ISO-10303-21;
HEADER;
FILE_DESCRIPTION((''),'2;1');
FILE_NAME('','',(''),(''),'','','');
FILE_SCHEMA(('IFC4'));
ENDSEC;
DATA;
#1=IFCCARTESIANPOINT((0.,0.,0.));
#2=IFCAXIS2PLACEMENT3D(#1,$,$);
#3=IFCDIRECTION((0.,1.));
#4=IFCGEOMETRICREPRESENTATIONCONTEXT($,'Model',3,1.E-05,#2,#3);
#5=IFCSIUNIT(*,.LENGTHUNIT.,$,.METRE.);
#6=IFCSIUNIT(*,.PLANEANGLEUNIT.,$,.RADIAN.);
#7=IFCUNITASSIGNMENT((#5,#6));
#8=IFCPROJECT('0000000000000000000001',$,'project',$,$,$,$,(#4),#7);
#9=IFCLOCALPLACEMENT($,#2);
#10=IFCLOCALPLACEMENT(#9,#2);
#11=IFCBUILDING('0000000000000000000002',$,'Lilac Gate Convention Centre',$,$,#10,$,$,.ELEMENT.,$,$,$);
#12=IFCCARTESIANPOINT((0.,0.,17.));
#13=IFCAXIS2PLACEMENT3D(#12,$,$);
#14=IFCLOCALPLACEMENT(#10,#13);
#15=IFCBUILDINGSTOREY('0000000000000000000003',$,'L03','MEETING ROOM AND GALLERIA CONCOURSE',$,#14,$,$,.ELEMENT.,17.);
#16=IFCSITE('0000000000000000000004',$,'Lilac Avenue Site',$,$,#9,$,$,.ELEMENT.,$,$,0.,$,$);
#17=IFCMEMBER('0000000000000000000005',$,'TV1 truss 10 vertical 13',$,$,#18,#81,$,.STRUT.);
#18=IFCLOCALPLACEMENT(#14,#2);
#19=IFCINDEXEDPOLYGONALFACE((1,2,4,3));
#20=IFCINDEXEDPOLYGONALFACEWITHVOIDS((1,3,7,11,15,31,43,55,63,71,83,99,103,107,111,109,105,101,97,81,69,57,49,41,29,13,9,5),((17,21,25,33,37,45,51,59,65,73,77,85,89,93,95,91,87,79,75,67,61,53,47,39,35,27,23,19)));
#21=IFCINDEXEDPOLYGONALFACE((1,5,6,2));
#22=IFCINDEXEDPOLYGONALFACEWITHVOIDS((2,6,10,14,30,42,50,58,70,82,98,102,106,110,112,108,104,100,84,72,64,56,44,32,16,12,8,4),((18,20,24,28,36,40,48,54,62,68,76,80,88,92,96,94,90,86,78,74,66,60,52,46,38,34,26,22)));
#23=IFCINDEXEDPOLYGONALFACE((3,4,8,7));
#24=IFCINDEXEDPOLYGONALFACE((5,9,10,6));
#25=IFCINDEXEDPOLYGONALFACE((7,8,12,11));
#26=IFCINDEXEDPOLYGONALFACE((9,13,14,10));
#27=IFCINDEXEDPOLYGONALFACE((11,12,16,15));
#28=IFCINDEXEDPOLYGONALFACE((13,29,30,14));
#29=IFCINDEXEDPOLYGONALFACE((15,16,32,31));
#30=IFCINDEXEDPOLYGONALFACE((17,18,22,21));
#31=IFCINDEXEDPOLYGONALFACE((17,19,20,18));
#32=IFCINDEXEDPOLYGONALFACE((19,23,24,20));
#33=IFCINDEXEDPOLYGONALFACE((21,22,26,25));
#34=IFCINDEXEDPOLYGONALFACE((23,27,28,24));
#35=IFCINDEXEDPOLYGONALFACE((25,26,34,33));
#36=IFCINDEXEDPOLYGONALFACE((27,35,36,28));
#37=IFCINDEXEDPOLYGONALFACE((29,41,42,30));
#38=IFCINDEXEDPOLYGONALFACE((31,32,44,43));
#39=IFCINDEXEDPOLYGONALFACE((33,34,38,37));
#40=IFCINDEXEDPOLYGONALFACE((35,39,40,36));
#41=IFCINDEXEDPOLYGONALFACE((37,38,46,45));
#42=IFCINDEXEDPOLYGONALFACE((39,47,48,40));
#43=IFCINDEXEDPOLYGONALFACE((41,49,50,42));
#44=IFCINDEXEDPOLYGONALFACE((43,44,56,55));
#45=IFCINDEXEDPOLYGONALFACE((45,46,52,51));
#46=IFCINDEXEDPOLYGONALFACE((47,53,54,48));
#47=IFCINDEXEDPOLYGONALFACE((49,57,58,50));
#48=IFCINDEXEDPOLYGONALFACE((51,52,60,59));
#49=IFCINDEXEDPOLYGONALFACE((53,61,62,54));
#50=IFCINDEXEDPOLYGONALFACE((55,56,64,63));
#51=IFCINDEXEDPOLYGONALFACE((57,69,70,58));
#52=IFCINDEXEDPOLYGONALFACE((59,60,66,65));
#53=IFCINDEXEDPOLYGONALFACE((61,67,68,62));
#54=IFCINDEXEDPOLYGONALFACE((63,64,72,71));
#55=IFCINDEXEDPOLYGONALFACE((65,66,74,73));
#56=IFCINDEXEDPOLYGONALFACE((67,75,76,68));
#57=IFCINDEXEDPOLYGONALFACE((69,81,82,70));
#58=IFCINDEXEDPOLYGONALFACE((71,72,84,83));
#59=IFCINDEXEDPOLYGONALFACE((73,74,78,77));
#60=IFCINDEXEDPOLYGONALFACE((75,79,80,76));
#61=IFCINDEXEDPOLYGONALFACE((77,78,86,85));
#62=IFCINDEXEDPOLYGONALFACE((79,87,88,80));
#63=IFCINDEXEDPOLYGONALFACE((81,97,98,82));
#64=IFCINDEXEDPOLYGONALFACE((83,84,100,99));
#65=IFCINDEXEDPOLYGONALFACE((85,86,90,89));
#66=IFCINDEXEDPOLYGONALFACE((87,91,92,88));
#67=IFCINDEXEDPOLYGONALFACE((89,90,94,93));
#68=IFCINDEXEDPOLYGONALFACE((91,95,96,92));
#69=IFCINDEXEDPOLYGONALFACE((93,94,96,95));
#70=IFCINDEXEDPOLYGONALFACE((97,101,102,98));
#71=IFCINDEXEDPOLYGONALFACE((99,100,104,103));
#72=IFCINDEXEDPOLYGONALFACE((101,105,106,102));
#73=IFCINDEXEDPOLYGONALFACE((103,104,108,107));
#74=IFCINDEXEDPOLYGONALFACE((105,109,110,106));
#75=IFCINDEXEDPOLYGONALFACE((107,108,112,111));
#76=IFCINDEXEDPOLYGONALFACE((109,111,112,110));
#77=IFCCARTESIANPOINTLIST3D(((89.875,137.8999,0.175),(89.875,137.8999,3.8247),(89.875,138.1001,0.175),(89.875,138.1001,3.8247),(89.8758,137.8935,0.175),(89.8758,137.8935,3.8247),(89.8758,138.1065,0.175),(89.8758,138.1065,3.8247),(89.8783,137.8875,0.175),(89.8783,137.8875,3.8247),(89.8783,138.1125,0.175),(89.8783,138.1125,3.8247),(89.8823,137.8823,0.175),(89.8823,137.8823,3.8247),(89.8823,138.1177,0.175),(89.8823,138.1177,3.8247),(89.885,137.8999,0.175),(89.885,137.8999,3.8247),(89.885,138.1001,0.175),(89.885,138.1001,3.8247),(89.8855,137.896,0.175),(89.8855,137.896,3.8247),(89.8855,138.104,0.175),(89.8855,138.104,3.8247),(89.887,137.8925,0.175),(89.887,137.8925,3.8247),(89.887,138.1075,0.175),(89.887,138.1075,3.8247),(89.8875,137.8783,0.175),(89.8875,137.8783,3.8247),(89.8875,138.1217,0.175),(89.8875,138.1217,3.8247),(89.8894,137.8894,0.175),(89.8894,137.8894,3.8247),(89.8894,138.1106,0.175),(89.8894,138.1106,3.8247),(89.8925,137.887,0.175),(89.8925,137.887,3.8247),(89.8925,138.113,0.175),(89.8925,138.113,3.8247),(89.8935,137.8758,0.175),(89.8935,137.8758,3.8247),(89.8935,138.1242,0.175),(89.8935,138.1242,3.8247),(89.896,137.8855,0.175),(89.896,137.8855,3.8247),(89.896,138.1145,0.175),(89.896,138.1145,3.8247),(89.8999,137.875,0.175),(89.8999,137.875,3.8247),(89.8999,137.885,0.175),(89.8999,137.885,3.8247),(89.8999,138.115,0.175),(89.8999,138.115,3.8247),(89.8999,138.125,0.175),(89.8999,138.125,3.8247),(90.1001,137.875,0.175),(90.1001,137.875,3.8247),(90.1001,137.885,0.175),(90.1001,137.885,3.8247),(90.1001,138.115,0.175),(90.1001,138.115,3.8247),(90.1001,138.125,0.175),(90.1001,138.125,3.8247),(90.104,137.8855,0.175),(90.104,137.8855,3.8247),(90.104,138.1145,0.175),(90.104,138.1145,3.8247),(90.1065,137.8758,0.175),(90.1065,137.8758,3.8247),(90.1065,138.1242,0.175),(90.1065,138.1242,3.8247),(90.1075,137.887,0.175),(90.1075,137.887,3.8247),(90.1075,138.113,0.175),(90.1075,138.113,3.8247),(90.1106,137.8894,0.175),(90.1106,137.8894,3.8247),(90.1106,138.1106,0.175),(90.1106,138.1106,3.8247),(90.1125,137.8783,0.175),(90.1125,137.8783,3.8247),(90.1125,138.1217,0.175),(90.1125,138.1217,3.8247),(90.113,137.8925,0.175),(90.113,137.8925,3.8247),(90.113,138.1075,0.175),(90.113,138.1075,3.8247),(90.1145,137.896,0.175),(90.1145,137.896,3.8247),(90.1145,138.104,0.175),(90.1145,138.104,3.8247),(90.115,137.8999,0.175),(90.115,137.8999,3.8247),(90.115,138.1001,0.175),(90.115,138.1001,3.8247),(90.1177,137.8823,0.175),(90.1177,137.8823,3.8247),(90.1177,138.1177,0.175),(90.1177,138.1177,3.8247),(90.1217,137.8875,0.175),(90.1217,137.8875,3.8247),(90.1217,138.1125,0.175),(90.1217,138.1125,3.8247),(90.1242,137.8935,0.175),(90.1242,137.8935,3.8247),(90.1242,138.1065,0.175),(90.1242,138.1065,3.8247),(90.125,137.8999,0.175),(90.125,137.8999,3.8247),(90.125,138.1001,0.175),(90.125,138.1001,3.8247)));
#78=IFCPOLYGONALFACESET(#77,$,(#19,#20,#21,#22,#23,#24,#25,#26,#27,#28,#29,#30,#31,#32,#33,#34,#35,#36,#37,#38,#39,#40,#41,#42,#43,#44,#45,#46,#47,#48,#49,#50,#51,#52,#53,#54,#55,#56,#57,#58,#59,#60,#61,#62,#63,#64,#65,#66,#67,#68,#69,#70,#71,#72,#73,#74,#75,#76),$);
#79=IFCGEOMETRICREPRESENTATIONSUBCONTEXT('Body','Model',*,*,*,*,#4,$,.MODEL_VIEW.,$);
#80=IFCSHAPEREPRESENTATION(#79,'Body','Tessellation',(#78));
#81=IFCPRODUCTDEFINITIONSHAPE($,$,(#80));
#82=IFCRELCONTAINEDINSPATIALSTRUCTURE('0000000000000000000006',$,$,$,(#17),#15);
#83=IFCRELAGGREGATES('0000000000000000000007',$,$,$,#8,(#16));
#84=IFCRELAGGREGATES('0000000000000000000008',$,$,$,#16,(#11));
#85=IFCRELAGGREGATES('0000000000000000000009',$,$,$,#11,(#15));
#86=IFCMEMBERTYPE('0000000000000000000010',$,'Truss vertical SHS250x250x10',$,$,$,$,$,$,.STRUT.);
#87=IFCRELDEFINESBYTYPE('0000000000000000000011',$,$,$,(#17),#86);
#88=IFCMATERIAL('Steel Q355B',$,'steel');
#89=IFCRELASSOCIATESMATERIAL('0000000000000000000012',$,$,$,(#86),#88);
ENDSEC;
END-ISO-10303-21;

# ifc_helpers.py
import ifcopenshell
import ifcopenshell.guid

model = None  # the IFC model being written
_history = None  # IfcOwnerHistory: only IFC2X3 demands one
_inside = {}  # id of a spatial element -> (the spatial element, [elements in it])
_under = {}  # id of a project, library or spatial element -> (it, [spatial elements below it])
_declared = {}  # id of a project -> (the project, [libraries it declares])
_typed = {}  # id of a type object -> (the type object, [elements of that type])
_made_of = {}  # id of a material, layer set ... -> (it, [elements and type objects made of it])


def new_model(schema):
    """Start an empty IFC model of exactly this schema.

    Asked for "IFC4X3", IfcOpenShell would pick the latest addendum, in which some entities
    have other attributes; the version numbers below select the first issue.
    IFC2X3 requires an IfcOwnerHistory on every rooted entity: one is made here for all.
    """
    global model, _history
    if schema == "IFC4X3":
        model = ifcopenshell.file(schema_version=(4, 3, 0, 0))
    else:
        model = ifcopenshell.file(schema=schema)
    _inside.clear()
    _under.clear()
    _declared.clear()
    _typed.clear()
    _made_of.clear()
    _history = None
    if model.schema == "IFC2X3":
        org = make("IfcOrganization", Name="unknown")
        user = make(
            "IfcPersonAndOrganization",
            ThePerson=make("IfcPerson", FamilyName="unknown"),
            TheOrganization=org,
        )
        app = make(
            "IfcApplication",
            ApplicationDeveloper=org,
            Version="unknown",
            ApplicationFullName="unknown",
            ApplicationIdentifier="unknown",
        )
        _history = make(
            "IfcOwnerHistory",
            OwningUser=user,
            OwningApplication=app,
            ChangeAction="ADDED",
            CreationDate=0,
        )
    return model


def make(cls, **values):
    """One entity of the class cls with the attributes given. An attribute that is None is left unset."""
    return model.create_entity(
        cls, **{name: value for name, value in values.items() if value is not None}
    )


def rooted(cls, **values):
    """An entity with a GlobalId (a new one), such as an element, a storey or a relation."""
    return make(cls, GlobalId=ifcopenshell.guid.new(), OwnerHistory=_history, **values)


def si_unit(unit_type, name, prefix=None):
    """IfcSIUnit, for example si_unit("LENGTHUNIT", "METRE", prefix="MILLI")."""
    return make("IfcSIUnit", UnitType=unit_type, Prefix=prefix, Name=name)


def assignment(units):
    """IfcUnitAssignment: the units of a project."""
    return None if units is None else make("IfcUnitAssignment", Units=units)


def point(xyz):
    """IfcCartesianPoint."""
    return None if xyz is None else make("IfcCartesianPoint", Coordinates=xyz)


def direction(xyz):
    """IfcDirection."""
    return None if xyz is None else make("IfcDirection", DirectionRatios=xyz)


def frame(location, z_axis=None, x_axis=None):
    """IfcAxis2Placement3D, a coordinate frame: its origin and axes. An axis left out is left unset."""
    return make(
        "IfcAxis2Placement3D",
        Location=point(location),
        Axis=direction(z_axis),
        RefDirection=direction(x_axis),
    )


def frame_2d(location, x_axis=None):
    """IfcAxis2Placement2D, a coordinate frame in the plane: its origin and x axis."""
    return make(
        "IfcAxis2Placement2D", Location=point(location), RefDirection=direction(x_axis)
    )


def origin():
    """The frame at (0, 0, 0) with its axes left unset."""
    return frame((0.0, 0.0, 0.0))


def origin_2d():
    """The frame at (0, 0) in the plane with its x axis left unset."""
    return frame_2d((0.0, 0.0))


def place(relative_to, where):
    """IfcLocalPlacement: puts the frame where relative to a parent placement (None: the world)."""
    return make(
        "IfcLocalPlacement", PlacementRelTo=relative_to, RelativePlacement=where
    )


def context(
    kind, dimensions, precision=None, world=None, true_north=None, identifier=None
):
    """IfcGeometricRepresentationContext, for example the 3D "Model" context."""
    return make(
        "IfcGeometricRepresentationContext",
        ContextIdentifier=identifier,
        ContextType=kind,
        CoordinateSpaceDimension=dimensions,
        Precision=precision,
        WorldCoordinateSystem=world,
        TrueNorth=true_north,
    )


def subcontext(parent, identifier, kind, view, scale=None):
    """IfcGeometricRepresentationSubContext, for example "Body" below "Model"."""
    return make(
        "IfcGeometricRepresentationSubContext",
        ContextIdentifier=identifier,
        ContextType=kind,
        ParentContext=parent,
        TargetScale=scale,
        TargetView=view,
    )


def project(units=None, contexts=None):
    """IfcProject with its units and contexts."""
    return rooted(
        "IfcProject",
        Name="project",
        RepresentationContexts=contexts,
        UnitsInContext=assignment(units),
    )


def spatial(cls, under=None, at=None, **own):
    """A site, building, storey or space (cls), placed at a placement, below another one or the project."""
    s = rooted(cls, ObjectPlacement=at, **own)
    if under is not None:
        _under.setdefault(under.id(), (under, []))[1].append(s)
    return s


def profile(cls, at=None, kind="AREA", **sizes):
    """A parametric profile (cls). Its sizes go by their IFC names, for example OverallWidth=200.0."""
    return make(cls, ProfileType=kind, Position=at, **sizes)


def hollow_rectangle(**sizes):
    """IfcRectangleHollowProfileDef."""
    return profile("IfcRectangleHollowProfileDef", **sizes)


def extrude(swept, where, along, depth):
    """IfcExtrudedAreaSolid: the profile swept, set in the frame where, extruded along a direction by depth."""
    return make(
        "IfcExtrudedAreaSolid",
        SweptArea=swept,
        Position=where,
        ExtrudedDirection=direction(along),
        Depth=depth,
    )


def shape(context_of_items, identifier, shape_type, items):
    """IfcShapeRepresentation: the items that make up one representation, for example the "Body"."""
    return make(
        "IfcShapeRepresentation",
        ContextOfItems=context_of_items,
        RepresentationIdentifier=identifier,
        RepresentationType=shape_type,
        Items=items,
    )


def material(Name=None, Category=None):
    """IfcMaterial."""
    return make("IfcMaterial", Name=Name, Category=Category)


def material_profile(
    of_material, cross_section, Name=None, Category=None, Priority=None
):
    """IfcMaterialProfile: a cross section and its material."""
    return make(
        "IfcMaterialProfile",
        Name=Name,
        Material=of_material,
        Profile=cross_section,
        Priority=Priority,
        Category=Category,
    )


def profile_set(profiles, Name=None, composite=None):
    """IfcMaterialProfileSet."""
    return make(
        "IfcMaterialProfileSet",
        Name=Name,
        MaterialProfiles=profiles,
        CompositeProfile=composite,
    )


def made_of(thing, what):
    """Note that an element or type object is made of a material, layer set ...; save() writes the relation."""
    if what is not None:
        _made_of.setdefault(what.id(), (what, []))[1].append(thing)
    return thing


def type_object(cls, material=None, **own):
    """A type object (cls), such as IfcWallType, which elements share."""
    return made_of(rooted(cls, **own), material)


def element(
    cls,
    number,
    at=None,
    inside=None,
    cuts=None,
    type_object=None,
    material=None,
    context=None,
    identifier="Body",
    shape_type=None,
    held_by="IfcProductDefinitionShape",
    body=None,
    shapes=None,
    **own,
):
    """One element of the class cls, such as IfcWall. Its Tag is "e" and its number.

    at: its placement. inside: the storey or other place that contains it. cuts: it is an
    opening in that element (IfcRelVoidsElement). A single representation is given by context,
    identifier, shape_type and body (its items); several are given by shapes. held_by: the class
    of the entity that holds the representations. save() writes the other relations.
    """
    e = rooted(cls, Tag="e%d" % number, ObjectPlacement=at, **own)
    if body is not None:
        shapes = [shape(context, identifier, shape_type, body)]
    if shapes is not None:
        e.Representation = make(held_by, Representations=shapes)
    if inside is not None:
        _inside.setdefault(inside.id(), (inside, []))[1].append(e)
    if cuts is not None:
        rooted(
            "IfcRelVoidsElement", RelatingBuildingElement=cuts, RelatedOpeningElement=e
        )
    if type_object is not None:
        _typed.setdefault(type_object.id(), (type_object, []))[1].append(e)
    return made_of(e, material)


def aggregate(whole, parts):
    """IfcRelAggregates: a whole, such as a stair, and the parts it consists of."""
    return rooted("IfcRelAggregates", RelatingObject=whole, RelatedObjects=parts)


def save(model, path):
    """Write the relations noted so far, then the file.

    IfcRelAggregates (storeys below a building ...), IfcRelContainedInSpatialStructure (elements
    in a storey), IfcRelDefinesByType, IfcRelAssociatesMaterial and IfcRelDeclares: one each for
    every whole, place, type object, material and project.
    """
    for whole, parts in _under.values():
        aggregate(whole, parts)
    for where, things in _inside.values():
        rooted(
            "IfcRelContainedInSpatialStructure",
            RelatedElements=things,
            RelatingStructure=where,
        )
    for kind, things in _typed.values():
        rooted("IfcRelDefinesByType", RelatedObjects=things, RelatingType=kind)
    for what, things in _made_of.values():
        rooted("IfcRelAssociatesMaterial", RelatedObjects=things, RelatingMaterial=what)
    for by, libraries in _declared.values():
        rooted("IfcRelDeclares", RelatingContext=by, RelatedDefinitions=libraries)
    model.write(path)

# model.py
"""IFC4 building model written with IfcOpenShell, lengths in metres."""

from ifc_helpers import new_model, si_unit, direction, frame, origin, origin_2d, place, context, subcontext, project, spatial, hollow_rectangle, extrude, material, material_profile, profile_set, type_object, element, save


model = new_model("IFC4")

# Units and contexts
model_context = context("Model", 3, precision=1e-05, world=origin(), true_north=direction((0.0, 1.0)))
body_context = subcontext(model_context, "Body", "Model", "MODEL_VIEW")
ifc_project = project(units=[si_unit("LENGTHUNIT", "METRE"), si_unit("PLANEANGLEUNIT", "RADIAN")], contexts=[model_context])

# Site, building, storey
site_placement = place(None, origin())
site = spatial("IfcSite", under=ifc_project, at=site_placement, Name="Lilac Avenue Site", CompositionType="ELEMENT", RefElevation=0.0)
building_placement = place(site_placement, origin())
building = spatial("IfcBuilding", under=site, at=building_placement, Name="Lilac Gate Convention Centre", CompositionType="ELEMENT")
storey_placement = place(building_placement, frame((0.0, 0.0, 17.0)))
storey = spatial("IfcBuildingStorey", under=building, at=storey_placement, Name="L03", Description="MEETING ROOM AND GALLERIA CONCOURSE", CompositionType="ELEMENT", Elevation=17.0)

# Member
ifc_material = material(Name="Steel Q355B", Category="steel")
ifc_material_profile_1 = material_profile(ifc_material, hollow_rectangle(XDim=0.25, YDim=0.25, WallThickness=0.01, InnerFilletRadius=0.0149, OuterFilletRadius=0.0249, at=origin_2d()), Name="SHS250x250x10")
ifc_profile_set_1 = profile_set([ifc_material_profile_1], Name="Steel Q355B")
member_type_1 = type_object("IfcMemberType", Name="Truss vertical SHS250x250x10", PredefinedType="STRUT", material=ifc_profile_set_1)
for number, where, z_axis, x_axis, name in (
    (1, (90.0, 138.0, 0.175), (0.0, 0.0, 1.0), (1.0, 0.0, 0.0), "TV1 truss 10 vertical 13"),
):
    element("IfcMember", number, at=place(storey_placement, frame(where, z_axis=z_axis, x_axis=x_axis)), inside=storey, type_object=member_type_1, Name=name, PredefinedType="STRUT", context=body_context, shape_type="SweptSolid", body=[
        extrude(hollow_rectangle(XDim=0.25, YDim=0.25, WallThickness=0.01, InnerFilletRadius=0.0149, OuterFilletRadius=0.0249, at=origin_2d()), origin(), (0.0, 0.0, 1.0), 3.6497),
    ])

save(model, "model.ifc")
